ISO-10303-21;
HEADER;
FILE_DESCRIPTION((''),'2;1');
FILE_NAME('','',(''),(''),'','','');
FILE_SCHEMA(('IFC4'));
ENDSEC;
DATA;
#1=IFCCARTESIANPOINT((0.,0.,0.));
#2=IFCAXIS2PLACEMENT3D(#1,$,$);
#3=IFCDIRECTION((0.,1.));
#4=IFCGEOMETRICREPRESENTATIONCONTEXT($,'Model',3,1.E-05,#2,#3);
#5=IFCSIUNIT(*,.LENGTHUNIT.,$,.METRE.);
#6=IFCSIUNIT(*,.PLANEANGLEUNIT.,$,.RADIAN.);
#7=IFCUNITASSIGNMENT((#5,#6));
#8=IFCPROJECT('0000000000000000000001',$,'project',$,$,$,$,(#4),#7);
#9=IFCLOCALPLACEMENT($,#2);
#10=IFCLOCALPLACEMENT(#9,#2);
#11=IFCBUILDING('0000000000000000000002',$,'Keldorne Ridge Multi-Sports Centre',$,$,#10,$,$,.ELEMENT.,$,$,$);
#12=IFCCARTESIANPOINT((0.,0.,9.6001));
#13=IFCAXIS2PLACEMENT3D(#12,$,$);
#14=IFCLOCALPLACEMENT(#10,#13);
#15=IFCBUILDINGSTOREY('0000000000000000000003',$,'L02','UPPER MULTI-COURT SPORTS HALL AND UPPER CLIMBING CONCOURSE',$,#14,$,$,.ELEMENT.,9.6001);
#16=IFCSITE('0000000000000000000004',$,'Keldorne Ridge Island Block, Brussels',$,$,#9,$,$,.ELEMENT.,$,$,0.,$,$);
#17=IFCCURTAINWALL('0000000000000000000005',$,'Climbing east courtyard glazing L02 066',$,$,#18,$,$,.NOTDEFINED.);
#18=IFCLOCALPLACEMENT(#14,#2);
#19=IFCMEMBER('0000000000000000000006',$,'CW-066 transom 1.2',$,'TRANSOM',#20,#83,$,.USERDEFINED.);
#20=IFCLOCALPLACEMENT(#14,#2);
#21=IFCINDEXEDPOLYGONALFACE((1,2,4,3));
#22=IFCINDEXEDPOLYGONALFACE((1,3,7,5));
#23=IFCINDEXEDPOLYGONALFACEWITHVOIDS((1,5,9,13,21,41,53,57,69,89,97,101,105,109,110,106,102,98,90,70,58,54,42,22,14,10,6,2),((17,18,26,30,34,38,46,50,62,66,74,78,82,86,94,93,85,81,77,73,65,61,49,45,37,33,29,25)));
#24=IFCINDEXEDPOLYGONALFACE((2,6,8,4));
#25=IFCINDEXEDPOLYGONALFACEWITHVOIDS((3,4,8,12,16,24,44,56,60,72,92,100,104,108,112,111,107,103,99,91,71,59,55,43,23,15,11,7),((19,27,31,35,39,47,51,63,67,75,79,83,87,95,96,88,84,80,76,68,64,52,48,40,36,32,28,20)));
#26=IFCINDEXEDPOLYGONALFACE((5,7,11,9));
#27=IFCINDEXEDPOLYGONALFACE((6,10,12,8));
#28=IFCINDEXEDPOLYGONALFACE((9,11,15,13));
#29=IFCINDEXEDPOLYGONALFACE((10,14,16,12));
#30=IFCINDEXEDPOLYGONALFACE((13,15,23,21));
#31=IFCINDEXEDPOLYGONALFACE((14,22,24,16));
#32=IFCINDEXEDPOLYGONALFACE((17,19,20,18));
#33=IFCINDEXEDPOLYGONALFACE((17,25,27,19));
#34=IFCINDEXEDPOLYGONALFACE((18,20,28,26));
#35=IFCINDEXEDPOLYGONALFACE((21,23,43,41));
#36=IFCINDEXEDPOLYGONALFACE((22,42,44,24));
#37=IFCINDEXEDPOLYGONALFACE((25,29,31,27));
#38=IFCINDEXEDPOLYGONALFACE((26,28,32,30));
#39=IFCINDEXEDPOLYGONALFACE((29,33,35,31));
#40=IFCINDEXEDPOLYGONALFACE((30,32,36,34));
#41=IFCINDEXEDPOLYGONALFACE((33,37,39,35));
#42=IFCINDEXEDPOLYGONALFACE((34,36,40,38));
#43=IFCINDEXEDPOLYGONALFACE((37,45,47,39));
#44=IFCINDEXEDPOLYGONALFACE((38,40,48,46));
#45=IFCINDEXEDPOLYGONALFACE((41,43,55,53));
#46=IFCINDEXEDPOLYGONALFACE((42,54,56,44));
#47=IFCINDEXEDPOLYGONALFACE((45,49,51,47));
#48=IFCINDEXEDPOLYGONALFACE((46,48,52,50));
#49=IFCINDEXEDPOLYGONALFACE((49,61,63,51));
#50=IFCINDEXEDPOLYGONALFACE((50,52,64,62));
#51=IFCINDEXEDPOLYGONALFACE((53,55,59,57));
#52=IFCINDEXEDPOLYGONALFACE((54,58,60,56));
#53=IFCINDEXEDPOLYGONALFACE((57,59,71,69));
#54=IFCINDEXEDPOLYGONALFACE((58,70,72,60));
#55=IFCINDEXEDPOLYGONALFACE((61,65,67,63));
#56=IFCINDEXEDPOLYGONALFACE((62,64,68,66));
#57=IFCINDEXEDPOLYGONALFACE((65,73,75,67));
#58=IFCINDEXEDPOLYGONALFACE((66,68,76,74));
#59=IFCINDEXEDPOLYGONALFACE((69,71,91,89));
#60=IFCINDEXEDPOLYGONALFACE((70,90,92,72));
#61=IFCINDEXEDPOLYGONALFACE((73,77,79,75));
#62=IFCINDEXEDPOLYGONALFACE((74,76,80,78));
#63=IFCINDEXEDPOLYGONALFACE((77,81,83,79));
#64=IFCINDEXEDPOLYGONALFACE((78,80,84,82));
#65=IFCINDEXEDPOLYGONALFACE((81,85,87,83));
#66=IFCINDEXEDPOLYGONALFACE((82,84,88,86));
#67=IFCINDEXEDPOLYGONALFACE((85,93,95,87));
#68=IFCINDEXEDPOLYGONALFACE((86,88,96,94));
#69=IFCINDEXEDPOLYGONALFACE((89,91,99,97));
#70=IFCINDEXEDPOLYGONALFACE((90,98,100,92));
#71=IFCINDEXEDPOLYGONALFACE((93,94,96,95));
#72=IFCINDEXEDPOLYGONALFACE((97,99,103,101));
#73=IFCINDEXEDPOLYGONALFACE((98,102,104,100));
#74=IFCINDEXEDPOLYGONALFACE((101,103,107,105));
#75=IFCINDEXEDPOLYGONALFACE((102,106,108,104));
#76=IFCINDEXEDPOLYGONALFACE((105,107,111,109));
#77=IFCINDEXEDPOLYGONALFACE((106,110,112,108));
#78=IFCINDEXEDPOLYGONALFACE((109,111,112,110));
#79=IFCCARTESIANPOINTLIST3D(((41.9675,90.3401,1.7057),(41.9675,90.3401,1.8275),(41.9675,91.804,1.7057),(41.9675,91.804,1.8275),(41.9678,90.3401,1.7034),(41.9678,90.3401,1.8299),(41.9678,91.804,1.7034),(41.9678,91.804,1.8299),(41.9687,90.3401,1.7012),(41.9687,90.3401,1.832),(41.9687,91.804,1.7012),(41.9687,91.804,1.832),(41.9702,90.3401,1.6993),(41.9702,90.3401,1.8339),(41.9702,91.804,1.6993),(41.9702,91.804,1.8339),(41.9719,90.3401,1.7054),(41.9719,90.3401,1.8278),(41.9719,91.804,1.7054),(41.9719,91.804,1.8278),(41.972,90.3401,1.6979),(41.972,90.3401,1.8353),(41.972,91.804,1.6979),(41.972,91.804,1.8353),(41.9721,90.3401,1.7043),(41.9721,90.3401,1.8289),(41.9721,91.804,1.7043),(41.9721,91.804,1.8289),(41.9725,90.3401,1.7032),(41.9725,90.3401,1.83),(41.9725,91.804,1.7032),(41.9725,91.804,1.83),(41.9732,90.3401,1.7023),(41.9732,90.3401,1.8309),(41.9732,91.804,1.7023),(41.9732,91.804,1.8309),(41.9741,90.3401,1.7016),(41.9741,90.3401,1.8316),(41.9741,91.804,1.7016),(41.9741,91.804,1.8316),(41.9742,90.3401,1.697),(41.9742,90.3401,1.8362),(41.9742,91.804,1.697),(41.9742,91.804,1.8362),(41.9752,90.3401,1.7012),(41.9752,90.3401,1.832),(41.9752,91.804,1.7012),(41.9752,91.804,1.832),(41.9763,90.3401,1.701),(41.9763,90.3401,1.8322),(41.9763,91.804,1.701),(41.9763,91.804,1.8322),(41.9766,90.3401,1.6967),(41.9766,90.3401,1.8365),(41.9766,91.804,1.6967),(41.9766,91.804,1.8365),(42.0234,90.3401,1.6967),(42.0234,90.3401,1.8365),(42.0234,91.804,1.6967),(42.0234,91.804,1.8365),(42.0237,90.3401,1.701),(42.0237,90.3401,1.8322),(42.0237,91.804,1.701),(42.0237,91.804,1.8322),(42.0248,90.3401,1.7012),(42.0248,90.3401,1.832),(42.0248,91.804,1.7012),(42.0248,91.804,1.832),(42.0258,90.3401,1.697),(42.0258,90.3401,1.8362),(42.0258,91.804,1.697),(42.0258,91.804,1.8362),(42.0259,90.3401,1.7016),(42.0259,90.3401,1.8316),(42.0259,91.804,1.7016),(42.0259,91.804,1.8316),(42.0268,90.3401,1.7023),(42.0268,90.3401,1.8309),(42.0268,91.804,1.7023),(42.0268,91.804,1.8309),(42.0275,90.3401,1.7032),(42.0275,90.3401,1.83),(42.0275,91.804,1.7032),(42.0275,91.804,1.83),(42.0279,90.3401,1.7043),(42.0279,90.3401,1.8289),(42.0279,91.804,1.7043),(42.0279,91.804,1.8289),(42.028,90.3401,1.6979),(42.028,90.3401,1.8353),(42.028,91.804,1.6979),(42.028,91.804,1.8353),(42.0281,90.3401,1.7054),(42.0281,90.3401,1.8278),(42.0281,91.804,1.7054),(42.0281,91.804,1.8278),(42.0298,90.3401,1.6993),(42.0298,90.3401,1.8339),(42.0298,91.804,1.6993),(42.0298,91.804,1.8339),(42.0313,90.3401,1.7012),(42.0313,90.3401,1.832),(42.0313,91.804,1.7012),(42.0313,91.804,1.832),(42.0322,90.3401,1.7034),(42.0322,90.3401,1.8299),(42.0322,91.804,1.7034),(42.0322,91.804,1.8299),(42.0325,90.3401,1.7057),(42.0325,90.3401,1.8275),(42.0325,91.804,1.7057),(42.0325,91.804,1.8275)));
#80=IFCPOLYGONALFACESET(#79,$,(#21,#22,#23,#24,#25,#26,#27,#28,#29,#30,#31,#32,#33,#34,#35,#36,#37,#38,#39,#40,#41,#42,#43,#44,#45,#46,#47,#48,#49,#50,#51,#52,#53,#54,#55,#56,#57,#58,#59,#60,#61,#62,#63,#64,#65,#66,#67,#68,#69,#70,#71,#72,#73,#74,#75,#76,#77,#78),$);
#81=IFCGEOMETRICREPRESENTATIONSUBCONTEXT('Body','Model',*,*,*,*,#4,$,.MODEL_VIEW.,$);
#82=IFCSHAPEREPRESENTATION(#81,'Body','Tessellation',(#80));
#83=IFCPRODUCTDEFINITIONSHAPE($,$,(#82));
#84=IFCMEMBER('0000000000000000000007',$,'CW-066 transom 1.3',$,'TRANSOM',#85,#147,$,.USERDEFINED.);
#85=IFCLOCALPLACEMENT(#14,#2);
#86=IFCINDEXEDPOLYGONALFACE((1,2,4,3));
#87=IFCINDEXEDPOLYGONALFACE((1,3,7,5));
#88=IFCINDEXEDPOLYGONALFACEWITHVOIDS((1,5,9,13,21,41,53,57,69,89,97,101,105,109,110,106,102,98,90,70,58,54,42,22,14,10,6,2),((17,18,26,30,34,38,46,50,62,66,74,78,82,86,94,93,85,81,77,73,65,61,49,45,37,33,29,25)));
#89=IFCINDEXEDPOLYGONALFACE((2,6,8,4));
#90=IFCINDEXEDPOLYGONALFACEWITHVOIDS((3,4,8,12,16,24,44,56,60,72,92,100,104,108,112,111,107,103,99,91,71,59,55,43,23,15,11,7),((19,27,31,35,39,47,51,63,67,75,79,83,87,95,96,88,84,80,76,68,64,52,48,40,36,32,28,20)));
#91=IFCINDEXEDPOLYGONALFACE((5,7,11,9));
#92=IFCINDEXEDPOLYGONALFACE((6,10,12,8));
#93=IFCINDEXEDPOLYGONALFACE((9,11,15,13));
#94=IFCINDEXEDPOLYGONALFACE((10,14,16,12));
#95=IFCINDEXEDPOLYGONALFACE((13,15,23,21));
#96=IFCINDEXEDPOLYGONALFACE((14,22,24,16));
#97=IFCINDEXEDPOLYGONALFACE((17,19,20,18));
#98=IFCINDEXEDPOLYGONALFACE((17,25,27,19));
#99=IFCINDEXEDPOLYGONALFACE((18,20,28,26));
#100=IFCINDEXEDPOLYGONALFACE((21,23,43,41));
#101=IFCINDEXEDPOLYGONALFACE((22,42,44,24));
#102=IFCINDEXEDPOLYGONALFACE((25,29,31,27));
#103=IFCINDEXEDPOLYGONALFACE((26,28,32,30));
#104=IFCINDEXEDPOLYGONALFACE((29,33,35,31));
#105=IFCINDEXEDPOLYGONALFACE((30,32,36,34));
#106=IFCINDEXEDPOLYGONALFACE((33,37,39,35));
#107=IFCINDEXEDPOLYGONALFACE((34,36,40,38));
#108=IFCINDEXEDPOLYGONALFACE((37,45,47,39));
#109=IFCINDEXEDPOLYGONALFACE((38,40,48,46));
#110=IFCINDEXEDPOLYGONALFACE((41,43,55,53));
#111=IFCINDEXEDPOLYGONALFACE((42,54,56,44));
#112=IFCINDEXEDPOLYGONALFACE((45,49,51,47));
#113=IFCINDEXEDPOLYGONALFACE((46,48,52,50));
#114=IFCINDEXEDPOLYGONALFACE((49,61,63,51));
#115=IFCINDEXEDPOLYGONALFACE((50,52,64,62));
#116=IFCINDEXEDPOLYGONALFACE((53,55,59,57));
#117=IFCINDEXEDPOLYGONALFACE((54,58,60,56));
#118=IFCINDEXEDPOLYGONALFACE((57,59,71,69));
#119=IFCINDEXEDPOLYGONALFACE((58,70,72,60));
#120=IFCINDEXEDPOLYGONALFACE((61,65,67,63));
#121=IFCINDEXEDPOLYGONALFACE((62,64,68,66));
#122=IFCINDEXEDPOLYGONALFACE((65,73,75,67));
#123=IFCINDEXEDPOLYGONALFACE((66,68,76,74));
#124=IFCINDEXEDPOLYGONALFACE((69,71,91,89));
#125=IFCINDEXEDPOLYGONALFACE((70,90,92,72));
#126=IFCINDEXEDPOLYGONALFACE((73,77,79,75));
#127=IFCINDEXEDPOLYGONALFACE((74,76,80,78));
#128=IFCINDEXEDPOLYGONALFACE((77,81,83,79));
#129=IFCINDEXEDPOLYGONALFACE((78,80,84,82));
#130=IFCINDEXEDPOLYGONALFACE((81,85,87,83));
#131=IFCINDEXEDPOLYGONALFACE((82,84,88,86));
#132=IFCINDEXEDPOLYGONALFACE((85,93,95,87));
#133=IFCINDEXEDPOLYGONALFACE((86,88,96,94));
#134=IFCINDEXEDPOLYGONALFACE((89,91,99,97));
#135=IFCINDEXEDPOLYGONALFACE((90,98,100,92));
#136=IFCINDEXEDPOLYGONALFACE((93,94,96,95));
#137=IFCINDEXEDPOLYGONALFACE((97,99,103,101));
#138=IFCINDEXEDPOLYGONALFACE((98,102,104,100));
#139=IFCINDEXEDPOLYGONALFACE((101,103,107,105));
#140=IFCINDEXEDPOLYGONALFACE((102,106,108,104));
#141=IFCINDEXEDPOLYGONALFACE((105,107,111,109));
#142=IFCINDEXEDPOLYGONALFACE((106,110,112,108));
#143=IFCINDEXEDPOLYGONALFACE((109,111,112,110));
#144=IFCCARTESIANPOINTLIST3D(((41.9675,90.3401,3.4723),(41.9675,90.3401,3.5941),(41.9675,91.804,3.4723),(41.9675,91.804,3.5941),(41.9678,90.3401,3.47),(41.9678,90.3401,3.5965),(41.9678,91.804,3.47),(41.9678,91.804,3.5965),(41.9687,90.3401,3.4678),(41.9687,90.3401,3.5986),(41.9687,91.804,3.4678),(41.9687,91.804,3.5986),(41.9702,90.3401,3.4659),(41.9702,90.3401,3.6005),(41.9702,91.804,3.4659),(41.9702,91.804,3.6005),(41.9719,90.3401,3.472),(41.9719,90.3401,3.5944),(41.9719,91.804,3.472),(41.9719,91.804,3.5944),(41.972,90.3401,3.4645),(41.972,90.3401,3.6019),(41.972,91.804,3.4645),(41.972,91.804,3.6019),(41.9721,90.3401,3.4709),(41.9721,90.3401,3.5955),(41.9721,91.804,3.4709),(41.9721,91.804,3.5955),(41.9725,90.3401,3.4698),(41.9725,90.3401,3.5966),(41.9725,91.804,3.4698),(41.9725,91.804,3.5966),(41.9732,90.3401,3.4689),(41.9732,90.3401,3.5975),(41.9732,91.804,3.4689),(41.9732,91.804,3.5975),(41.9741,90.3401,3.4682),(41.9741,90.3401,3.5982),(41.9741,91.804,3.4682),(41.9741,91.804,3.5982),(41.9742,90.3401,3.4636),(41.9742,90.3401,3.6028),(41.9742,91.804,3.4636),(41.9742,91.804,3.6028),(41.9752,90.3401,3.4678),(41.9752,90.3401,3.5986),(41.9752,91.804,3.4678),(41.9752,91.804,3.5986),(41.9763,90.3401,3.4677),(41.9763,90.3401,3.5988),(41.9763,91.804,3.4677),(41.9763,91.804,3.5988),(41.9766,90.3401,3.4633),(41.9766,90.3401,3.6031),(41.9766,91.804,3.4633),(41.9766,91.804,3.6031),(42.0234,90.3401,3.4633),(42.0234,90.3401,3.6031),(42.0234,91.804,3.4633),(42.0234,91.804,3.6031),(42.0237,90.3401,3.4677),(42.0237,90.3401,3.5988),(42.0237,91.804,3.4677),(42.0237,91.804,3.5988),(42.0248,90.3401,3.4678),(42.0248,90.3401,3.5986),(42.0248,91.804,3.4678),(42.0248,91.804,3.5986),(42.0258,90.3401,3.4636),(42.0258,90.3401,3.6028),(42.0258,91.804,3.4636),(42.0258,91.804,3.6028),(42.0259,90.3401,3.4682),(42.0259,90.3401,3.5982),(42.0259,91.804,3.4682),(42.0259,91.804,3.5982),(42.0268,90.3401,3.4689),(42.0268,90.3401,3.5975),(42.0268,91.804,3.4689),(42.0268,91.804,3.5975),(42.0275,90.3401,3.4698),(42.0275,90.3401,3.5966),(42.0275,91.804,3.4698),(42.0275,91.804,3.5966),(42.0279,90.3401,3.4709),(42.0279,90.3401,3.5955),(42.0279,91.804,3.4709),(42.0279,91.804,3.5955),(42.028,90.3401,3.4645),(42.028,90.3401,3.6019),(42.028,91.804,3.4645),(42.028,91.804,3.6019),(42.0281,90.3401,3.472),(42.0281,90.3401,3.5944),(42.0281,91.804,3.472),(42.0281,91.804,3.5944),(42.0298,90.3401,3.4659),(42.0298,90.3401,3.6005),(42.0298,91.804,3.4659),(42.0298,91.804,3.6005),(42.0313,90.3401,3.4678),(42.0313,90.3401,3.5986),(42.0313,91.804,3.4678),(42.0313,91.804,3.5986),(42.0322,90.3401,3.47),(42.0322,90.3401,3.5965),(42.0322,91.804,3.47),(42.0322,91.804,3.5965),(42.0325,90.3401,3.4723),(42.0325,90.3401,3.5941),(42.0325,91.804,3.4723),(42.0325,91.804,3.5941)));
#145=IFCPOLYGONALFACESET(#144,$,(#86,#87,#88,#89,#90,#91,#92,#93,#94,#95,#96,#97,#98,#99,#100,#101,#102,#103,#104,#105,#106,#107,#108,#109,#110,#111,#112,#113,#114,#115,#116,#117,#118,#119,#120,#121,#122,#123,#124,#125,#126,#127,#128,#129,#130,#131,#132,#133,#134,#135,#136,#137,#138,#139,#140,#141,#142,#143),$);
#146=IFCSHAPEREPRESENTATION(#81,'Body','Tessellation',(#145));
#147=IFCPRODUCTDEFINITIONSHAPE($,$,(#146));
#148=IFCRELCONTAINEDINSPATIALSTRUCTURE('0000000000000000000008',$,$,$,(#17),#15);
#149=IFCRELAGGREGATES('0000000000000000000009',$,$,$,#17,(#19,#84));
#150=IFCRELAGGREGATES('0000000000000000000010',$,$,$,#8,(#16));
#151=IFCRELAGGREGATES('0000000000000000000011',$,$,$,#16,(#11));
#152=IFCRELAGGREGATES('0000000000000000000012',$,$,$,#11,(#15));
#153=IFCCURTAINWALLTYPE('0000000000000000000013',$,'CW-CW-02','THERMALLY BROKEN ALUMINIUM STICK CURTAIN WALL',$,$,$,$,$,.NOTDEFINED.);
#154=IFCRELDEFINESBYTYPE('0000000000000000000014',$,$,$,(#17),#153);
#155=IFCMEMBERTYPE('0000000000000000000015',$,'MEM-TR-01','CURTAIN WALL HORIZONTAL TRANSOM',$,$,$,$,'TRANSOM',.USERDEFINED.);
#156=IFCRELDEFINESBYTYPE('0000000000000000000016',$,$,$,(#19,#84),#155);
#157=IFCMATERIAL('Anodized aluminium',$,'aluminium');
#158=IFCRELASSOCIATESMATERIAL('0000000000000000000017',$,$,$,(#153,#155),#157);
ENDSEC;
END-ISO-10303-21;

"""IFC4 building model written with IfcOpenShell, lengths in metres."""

from ifc_helpers import new_model, si_unit, direction, frame, origin, origin_2d, place, context, subcontext, project, spatial, hollow_rectangle, extrude, material, material_profile, profile_set, type_object, element, aggregate, save


model = new_model("IFC4")

# Units and contexts
model_context = context("Model", 3, precision=1e-05, world=origin(), true_north=direction((0.0, 1.0)))
body_context = subcontext(model_context, "Body", "Model", "MODEL_VIEW")
ifc_project = project(units=[si_unit("LENGTHUNIT", "METRE"), si_unit("PLANEANGLEUNIT", "RADIAN")], contexts=[model_context])

# Site, building, storey
site_placement = place(None, origin())
site = spatial("IfcSite", under=ifc_project, at=site_placement, Name="Keldorne Ridge Island Block, Brussels", CompositionType="ELEMENT", RefElevation=0.0)
building_placement = place(site_placement, origin())
building = spatial("IfcBuilding", under=site, at=building_placement, Name="Keldorne Ridge Multi-Sports Centre", CompositionType="ELEMENT")
storey_placement = place(building_placement, frame((0.0, 0.0, 9.6001)))
storey = spatial("IfcBuildingStorey", under=building, at=storey_placement, Name="L02", Description="UPPER MULTI-COURT SPORTS HALL AND UPPER CLIMBING CONCOURSE", CompositionType="ELEMENT", Elevation=9.6001)

# Curtain wall
ifc_material_1 = material(Name="Anodized aluminium", Category="aluminium")
curtain_wall_type = type_object("IfcCurtainWallType", Name="CW-CW-02", Description="THERMALLY BROKEN ALUMINIUM STICK CURTAIN WALL", PredefinedType="NOTDEFINED", material=ifc_material_1)
curtain_wall_placement = place(storey_placement, origin())
curtain_wall = element("IfcCurtainWall", 1, at=curtain_wall_placement, inside=storey, type_object=curtain_wall_type, Name="Climbing east courtyard glazing L02 066", PredefinedType="NOTDEFINED")

# Members
ifc_material_profile_1 = material_profile(ifc_material_1, hollow_rectangle(XDim=0.0649, YDim=0.1399, WallThickness=0.0044, InnerFilletRadius=0.0044, OuterFilletRadius=0.009, at=origin_2d()), Name="ALU TRANSOM 140x65x4.5")
ifc_profile_set_1 = profile_set([ifc_material_profile_1], Name="Anodized aluminium")
member_type_1 = type_object("IfcMemberType", Name="MEM-TR-01", Description="CURTAIN WALL HORIZONTAL TRANSOM", ElementType="TRANSOM", PredefinedType="USERDEFINED", material=ifc_profile_set_1)
member_1_placement = place(storey_placement, frame((42.0, 90.3401, 1.7666), z_axis=(0.0, 1.0, 0.0), x_axis=(-1.0, 0.0, 0.0)))
member_1 = element("IfcMember", 2, at=member_1_placement, type_object=member_type_1, Name="CW-066 transom 1.2", ObjectType="TRANSOM", PredefinedType="USERDEFINED", context=body_context, shape_type="SweptSolid", body=[
    extrude(hollow_rectangle(XDim=0.0649, YDim=0.1399, WallThickness=0.0044, InnerFilletRadius=0.0044, OuterFilletRadius=0.009, at=origin_2d()), origin(), (0.0, 0.0, 1.0), 1.4639),
])
member_2_placement = place(storey_placement, frame((42.0, 90.3401, 3.5332), z_axis=(0.0, 1.0, 0.0), x_axis=(-1.0, 0.0, 0.0)))
member_2 = element("IfcMember", 3, at=member_2_placement, type_object=member_type_1, Name="CW-066 transom 1.3", ObjectType="TRANSOM", PredefinedType="USERDEFINED", context=body_context, shape_type="SweptSolid", body=[
    extrude(hollow_rectangle(XDim=0.0649, YDim=0.1399, WallThickness=0.0044, InnerFilletRadius=0.0044, OuterFilletRadius=0.009, at=origin_2d()), origin(), (0.0, 0.0, 1.0), 1.4639),
])

aggregate(curtain_wall, [member_1, member_2])

save(model, "model.ifc")
